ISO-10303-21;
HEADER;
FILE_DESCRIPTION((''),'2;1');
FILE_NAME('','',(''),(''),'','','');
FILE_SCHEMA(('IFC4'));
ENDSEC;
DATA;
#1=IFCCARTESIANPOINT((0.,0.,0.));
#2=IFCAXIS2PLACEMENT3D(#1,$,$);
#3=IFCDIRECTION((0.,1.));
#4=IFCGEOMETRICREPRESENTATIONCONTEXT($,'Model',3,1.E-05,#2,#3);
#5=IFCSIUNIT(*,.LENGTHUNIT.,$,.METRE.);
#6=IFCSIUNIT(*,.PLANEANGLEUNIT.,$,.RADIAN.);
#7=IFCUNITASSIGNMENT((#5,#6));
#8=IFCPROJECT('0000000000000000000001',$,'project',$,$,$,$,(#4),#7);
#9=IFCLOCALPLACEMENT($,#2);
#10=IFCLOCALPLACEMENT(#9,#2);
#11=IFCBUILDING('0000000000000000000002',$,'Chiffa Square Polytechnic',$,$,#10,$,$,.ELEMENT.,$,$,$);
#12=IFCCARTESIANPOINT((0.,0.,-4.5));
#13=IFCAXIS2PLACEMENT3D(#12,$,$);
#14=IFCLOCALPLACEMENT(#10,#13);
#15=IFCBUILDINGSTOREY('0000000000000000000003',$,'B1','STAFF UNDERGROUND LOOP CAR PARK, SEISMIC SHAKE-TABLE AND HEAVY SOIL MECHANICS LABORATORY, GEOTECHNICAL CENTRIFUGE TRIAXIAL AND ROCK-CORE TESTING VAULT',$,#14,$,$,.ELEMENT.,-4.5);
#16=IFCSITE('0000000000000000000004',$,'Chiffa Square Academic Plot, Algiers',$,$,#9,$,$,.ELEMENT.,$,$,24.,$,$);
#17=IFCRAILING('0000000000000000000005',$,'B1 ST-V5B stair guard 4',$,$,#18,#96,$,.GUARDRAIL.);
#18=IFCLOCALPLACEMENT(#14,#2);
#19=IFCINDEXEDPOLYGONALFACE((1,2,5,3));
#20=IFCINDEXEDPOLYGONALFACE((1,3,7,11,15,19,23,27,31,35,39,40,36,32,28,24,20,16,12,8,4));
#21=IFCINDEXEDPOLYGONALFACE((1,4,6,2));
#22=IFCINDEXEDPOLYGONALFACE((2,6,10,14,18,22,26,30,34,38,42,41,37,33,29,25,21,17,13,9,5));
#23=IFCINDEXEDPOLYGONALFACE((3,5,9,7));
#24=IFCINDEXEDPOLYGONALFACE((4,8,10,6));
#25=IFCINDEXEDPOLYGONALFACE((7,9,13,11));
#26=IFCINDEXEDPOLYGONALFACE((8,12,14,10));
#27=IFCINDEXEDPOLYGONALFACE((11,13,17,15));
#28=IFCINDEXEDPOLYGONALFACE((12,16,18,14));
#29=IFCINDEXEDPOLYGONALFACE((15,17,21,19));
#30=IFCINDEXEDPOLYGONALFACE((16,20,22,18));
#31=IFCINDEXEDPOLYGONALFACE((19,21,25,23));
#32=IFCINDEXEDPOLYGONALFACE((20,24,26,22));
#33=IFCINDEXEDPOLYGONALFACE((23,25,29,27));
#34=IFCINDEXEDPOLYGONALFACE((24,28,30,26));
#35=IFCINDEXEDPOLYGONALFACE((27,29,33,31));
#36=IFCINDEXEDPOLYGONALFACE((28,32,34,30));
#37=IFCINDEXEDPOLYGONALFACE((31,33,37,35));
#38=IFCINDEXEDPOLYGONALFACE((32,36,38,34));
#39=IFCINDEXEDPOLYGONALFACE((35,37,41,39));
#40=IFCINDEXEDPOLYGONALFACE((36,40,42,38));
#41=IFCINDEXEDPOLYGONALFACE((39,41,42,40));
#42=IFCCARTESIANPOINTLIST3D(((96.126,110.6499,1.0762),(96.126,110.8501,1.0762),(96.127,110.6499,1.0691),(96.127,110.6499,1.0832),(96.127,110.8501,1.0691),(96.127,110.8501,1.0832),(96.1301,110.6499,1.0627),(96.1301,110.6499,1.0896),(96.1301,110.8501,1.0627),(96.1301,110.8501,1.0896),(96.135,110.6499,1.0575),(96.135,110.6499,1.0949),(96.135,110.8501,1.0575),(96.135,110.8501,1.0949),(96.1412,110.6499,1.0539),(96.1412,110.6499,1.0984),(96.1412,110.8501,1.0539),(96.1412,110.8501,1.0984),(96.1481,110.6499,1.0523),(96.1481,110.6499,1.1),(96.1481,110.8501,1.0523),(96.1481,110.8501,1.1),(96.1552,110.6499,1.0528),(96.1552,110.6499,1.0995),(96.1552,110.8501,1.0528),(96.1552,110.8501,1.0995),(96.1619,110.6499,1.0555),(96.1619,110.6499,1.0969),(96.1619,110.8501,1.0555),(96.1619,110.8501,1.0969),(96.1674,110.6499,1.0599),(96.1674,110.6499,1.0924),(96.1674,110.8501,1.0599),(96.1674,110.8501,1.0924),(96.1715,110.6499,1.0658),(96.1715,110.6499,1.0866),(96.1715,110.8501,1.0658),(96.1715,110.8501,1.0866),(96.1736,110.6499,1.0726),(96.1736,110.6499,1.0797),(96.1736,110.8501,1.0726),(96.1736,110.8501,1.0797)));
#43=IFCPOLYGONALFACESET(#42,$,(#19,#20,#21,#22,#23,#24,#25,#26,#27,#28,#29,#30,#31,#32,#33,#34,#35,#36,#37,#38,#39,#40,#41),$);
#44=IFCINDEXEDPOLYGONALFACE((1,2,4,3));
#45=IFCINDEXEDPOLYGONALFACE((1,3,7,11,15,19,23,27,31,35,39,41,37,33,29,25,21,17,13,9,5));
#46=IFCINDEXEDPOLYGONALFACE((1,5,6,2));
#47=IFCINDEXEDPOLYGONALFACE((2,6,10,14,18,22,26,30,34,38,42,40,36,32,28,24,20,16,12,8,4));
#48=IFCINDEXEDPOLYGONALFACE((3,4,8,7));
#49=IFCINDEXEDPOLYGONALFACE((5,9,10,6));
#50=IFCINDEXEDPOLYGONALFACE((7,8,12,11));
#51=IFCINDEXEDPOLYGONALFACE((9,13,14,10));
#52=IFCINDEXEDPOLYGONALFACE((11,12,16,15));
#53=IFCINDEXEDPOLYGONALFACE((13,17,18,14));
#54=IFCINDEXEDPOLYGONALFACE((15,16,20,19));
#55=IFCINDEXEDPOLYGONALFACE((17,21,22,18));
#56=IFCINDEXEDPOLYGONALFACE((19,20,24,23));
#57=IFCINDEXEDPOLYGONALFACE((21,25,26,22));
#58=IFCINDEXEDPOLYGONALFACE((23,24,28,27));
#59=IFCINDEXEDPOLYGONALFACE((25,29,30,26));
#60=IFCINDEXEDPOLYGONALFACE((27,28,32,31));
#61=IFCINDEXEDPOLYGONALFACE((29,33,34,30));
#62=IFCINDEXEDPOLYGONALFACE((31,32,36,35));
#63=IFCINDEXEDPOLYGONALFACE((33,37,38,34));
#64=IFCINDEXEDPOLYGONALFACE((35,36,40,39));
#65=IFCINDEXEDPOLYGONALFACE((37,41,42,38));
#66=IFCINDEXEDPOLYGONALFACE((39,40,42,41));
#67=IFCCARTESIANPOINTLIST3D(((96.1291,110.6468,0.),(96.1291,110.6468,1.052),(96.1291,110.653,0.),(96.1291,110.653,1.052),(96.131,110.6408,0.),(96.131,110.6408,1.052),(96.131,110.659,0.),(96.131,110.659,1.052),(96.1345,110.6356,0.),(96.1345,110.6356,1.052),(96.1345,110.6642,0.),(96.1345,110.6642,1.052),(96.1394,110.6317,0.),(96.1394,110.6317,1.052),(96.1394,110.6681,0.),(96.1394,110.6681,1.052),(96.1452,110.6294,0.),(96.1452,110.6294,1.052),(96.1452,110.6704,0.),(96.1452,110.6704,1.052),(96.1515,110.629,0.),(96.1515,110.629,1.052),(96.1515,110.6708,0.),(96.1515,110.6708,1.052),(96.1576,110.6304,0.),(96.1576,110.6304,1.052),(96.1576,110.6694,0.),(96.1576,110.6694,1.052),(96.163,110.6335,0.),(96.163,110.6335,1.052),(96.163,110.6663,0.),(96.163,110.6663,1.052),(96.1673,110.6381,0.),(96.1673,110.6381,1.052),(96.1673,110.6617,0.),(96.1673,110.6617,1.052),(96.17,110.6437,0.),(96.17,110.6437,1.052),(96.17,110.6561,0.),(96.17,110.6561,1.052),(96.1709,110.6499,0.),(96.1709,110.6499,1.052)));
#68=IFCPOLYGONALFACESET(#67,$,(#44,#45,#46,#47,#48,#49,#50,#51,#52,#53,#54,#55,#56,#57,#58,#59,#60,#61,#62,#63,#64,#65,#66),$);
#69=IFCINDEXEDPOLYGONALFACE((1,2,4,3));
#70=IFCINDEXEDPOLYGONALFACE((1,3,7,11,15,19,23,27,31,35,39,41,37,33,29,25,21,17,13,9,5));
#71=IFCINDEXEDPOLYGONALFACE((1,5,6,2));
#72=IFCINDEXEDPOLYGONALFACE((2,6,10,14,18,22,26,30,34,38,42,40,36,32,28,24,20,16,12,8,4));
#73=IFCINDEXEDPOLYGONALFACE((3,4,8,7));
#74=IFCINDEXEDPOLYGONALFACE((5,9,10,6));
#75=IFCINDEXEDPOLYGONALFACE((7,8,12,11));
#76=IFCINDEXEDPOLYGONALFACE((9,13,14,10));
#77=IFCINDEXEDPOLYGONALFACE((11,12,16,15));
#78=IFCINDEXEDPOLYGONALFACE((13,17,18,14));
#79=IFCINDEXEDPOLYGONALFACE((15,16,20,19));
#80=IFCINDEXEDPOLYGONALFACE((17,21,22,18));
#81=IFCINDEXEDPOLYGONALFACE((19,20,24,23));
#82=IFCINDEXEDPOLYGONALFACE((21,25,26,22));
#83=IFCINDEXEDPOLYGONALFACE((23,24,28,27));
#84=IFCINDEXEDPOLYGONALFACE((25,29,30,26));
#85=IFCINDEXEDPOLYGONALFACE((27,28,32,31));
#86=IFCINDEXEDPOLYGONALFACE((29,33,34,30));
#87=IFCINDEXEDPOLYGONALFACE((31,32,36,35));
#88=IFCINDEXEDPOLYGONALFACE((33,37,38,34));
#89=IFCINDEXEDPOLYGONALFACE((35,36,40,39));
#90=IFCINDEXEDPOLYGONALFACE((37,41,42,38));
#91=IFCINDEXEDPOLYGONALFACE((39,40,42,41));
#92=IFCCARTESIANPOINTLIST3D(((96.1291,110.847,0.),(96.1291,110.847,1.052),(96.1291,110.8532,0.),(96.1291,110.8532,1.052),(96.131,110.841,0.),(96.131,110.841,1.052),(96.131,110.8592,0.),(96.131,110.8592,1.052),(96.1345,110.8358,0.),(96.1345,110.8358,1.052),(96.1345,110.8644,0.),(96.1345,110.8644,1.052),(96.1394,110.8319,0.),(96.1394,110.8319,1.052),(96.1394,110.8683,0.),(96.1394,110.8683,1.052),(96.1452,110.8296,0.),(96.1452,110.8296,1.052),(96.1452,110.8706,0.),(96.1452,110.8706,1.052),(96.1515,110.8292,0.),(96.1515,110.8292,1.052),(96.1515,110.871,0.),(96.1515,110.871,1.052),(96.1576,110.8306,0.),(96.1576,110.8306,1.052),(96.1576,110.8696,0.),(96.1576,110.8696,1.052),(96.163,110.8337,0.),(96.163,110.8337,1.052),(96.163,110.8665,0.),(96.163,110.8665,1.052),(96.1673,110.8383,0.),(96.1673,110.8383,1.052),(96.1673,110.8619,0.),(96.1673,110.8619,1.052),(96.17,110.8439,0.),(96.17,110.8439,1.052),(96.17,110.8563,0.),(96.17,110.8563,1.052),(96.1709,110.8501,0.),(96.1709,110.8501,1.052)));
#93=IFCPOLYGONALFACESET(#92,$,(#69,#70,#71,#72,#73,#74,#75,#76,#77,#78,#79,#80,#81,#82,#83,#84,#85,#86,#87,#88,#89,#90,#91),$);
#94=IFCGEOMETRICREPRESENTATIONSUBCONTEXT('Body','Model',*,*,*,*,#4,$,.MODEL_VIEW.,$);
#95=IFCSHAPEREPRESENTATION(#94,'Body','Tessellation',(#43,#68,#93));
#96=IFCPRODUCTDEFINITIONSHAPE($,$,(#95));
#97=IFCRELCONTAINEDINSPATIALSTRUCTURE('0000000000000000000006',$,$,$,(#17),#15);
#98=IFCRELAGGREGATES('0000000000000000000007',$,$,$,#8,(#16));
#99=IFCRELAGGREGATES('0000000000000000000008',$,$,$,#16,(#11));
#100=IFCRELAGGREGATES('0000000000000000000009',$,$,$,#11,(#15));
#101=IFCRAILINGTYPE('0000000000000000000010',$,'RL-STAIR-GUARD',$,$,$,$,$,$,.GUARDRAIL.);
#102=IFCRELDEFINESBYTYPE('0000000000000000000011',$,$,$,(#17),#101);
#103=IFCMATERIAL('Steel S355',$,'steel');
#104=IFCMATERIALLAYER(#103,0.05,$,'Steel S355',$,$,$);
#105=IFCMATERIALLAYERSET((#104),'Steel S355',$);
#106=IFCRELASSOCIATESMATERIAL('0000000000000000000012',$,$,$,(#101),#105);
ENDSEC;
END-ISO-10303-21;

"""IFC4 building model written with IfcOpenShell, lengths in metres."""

from ifc_helpers import new_model, si_unit, direction, frame, origin, origin_2d, place, context, subcontext, project, spatial, circle, extrude, material, layer, layer_set, type_object, element, save


model = new_model("IFC4")

# Units and contexts
model_context = context("Model", 3, precision=1e-05, world=origin(), true_north=direction((0.0, 1.0)))
body_context = subcontext(model_context, "Body", "Model", "MODEL_VIEW")
ifc_project = project(units=[si_unit("LENGTHUNIT", "METRE"), si_unit("PLANEANGLEUNIT", "RADIAN")], contexts=[model_context])

# Site, building, storey
site_placement = place(None, origin())
site = spatial("IfcSite", under=ifc_project, at=site_placement, Name="Chiffa Square Academic Plot, Algiers", CompositionType="ELEMENT", RefElevation=24.0)
building_placement = place(site_placement, origin())
building = spatial("IfcBuilding", under=site, at=building_placement, Name="Chiffa Square Polytechnic", CompositionType="ELEMENT")
storey_placement = place(building_placement, frame((0.0, 0.0, -4.5)))
storey = spatial("IfcBuildingStorey", under=building, at=storey_placement, Name="B1", Description="STAFF UNDERGROUND LOOP CAR PARK, SEISMIC SHAKE-TABLE AND HEAVY SOIL MECHANICS LABORATORY, GEOTECHNICAL CENTRIFUGE TRIAXIAL AND ROCK-CORE TESTING VAULT", CompositionType="ELEMENT", Elevation=-4.5)

# Railing
ifc_material_1 = material(Name="Steel S355", Category="steel")
ifc_layer_1 = layer(ifc_material_1, 0.05, Name="Steel S355")
ifc_layer_set_1 = layer_set([ifc_layer_1], Name="Steel S355")
railing_type_1 = type_object("IfcRailingType", Name="RL-STAIR-GUARD", PredefinedType="GUARDRAIL", material=ifc_layer_set_1)
railing_1_placement = place(storey_placement, frame((96.1499, 110.6499, 0.0)))
element("IfcRailing", 1, at=railing_1_placement, inside=storey, type_object=railing_type_1, Name="B1 ST-V5B stair guard 4", PredefinedType="GUARDRAIL", context=body_context, shape_type="SweptSolid", body=[
    extrude(circle(Radius=0.0239, at=origin_2d()), frame((0.0, 0.0, 1.0762), z_axis=(0.0, 1.0, 0.0), x_axis=(-1.0, 0.0, 0.0)), (0.0, 0.0, 1.0), 0.2002),
    extrude(circle(Radius=0.021, at=origin_2d()), origin(), (0.0, 0.0, 1.0), 1.052),
    extrude(circle(Radius=0.021, at=origin_2d()), frame((0.0, 0.2002, 0.0)), (0.0, 0.0, 1.0), 1.052),
])

save(model, "model.ifc")
